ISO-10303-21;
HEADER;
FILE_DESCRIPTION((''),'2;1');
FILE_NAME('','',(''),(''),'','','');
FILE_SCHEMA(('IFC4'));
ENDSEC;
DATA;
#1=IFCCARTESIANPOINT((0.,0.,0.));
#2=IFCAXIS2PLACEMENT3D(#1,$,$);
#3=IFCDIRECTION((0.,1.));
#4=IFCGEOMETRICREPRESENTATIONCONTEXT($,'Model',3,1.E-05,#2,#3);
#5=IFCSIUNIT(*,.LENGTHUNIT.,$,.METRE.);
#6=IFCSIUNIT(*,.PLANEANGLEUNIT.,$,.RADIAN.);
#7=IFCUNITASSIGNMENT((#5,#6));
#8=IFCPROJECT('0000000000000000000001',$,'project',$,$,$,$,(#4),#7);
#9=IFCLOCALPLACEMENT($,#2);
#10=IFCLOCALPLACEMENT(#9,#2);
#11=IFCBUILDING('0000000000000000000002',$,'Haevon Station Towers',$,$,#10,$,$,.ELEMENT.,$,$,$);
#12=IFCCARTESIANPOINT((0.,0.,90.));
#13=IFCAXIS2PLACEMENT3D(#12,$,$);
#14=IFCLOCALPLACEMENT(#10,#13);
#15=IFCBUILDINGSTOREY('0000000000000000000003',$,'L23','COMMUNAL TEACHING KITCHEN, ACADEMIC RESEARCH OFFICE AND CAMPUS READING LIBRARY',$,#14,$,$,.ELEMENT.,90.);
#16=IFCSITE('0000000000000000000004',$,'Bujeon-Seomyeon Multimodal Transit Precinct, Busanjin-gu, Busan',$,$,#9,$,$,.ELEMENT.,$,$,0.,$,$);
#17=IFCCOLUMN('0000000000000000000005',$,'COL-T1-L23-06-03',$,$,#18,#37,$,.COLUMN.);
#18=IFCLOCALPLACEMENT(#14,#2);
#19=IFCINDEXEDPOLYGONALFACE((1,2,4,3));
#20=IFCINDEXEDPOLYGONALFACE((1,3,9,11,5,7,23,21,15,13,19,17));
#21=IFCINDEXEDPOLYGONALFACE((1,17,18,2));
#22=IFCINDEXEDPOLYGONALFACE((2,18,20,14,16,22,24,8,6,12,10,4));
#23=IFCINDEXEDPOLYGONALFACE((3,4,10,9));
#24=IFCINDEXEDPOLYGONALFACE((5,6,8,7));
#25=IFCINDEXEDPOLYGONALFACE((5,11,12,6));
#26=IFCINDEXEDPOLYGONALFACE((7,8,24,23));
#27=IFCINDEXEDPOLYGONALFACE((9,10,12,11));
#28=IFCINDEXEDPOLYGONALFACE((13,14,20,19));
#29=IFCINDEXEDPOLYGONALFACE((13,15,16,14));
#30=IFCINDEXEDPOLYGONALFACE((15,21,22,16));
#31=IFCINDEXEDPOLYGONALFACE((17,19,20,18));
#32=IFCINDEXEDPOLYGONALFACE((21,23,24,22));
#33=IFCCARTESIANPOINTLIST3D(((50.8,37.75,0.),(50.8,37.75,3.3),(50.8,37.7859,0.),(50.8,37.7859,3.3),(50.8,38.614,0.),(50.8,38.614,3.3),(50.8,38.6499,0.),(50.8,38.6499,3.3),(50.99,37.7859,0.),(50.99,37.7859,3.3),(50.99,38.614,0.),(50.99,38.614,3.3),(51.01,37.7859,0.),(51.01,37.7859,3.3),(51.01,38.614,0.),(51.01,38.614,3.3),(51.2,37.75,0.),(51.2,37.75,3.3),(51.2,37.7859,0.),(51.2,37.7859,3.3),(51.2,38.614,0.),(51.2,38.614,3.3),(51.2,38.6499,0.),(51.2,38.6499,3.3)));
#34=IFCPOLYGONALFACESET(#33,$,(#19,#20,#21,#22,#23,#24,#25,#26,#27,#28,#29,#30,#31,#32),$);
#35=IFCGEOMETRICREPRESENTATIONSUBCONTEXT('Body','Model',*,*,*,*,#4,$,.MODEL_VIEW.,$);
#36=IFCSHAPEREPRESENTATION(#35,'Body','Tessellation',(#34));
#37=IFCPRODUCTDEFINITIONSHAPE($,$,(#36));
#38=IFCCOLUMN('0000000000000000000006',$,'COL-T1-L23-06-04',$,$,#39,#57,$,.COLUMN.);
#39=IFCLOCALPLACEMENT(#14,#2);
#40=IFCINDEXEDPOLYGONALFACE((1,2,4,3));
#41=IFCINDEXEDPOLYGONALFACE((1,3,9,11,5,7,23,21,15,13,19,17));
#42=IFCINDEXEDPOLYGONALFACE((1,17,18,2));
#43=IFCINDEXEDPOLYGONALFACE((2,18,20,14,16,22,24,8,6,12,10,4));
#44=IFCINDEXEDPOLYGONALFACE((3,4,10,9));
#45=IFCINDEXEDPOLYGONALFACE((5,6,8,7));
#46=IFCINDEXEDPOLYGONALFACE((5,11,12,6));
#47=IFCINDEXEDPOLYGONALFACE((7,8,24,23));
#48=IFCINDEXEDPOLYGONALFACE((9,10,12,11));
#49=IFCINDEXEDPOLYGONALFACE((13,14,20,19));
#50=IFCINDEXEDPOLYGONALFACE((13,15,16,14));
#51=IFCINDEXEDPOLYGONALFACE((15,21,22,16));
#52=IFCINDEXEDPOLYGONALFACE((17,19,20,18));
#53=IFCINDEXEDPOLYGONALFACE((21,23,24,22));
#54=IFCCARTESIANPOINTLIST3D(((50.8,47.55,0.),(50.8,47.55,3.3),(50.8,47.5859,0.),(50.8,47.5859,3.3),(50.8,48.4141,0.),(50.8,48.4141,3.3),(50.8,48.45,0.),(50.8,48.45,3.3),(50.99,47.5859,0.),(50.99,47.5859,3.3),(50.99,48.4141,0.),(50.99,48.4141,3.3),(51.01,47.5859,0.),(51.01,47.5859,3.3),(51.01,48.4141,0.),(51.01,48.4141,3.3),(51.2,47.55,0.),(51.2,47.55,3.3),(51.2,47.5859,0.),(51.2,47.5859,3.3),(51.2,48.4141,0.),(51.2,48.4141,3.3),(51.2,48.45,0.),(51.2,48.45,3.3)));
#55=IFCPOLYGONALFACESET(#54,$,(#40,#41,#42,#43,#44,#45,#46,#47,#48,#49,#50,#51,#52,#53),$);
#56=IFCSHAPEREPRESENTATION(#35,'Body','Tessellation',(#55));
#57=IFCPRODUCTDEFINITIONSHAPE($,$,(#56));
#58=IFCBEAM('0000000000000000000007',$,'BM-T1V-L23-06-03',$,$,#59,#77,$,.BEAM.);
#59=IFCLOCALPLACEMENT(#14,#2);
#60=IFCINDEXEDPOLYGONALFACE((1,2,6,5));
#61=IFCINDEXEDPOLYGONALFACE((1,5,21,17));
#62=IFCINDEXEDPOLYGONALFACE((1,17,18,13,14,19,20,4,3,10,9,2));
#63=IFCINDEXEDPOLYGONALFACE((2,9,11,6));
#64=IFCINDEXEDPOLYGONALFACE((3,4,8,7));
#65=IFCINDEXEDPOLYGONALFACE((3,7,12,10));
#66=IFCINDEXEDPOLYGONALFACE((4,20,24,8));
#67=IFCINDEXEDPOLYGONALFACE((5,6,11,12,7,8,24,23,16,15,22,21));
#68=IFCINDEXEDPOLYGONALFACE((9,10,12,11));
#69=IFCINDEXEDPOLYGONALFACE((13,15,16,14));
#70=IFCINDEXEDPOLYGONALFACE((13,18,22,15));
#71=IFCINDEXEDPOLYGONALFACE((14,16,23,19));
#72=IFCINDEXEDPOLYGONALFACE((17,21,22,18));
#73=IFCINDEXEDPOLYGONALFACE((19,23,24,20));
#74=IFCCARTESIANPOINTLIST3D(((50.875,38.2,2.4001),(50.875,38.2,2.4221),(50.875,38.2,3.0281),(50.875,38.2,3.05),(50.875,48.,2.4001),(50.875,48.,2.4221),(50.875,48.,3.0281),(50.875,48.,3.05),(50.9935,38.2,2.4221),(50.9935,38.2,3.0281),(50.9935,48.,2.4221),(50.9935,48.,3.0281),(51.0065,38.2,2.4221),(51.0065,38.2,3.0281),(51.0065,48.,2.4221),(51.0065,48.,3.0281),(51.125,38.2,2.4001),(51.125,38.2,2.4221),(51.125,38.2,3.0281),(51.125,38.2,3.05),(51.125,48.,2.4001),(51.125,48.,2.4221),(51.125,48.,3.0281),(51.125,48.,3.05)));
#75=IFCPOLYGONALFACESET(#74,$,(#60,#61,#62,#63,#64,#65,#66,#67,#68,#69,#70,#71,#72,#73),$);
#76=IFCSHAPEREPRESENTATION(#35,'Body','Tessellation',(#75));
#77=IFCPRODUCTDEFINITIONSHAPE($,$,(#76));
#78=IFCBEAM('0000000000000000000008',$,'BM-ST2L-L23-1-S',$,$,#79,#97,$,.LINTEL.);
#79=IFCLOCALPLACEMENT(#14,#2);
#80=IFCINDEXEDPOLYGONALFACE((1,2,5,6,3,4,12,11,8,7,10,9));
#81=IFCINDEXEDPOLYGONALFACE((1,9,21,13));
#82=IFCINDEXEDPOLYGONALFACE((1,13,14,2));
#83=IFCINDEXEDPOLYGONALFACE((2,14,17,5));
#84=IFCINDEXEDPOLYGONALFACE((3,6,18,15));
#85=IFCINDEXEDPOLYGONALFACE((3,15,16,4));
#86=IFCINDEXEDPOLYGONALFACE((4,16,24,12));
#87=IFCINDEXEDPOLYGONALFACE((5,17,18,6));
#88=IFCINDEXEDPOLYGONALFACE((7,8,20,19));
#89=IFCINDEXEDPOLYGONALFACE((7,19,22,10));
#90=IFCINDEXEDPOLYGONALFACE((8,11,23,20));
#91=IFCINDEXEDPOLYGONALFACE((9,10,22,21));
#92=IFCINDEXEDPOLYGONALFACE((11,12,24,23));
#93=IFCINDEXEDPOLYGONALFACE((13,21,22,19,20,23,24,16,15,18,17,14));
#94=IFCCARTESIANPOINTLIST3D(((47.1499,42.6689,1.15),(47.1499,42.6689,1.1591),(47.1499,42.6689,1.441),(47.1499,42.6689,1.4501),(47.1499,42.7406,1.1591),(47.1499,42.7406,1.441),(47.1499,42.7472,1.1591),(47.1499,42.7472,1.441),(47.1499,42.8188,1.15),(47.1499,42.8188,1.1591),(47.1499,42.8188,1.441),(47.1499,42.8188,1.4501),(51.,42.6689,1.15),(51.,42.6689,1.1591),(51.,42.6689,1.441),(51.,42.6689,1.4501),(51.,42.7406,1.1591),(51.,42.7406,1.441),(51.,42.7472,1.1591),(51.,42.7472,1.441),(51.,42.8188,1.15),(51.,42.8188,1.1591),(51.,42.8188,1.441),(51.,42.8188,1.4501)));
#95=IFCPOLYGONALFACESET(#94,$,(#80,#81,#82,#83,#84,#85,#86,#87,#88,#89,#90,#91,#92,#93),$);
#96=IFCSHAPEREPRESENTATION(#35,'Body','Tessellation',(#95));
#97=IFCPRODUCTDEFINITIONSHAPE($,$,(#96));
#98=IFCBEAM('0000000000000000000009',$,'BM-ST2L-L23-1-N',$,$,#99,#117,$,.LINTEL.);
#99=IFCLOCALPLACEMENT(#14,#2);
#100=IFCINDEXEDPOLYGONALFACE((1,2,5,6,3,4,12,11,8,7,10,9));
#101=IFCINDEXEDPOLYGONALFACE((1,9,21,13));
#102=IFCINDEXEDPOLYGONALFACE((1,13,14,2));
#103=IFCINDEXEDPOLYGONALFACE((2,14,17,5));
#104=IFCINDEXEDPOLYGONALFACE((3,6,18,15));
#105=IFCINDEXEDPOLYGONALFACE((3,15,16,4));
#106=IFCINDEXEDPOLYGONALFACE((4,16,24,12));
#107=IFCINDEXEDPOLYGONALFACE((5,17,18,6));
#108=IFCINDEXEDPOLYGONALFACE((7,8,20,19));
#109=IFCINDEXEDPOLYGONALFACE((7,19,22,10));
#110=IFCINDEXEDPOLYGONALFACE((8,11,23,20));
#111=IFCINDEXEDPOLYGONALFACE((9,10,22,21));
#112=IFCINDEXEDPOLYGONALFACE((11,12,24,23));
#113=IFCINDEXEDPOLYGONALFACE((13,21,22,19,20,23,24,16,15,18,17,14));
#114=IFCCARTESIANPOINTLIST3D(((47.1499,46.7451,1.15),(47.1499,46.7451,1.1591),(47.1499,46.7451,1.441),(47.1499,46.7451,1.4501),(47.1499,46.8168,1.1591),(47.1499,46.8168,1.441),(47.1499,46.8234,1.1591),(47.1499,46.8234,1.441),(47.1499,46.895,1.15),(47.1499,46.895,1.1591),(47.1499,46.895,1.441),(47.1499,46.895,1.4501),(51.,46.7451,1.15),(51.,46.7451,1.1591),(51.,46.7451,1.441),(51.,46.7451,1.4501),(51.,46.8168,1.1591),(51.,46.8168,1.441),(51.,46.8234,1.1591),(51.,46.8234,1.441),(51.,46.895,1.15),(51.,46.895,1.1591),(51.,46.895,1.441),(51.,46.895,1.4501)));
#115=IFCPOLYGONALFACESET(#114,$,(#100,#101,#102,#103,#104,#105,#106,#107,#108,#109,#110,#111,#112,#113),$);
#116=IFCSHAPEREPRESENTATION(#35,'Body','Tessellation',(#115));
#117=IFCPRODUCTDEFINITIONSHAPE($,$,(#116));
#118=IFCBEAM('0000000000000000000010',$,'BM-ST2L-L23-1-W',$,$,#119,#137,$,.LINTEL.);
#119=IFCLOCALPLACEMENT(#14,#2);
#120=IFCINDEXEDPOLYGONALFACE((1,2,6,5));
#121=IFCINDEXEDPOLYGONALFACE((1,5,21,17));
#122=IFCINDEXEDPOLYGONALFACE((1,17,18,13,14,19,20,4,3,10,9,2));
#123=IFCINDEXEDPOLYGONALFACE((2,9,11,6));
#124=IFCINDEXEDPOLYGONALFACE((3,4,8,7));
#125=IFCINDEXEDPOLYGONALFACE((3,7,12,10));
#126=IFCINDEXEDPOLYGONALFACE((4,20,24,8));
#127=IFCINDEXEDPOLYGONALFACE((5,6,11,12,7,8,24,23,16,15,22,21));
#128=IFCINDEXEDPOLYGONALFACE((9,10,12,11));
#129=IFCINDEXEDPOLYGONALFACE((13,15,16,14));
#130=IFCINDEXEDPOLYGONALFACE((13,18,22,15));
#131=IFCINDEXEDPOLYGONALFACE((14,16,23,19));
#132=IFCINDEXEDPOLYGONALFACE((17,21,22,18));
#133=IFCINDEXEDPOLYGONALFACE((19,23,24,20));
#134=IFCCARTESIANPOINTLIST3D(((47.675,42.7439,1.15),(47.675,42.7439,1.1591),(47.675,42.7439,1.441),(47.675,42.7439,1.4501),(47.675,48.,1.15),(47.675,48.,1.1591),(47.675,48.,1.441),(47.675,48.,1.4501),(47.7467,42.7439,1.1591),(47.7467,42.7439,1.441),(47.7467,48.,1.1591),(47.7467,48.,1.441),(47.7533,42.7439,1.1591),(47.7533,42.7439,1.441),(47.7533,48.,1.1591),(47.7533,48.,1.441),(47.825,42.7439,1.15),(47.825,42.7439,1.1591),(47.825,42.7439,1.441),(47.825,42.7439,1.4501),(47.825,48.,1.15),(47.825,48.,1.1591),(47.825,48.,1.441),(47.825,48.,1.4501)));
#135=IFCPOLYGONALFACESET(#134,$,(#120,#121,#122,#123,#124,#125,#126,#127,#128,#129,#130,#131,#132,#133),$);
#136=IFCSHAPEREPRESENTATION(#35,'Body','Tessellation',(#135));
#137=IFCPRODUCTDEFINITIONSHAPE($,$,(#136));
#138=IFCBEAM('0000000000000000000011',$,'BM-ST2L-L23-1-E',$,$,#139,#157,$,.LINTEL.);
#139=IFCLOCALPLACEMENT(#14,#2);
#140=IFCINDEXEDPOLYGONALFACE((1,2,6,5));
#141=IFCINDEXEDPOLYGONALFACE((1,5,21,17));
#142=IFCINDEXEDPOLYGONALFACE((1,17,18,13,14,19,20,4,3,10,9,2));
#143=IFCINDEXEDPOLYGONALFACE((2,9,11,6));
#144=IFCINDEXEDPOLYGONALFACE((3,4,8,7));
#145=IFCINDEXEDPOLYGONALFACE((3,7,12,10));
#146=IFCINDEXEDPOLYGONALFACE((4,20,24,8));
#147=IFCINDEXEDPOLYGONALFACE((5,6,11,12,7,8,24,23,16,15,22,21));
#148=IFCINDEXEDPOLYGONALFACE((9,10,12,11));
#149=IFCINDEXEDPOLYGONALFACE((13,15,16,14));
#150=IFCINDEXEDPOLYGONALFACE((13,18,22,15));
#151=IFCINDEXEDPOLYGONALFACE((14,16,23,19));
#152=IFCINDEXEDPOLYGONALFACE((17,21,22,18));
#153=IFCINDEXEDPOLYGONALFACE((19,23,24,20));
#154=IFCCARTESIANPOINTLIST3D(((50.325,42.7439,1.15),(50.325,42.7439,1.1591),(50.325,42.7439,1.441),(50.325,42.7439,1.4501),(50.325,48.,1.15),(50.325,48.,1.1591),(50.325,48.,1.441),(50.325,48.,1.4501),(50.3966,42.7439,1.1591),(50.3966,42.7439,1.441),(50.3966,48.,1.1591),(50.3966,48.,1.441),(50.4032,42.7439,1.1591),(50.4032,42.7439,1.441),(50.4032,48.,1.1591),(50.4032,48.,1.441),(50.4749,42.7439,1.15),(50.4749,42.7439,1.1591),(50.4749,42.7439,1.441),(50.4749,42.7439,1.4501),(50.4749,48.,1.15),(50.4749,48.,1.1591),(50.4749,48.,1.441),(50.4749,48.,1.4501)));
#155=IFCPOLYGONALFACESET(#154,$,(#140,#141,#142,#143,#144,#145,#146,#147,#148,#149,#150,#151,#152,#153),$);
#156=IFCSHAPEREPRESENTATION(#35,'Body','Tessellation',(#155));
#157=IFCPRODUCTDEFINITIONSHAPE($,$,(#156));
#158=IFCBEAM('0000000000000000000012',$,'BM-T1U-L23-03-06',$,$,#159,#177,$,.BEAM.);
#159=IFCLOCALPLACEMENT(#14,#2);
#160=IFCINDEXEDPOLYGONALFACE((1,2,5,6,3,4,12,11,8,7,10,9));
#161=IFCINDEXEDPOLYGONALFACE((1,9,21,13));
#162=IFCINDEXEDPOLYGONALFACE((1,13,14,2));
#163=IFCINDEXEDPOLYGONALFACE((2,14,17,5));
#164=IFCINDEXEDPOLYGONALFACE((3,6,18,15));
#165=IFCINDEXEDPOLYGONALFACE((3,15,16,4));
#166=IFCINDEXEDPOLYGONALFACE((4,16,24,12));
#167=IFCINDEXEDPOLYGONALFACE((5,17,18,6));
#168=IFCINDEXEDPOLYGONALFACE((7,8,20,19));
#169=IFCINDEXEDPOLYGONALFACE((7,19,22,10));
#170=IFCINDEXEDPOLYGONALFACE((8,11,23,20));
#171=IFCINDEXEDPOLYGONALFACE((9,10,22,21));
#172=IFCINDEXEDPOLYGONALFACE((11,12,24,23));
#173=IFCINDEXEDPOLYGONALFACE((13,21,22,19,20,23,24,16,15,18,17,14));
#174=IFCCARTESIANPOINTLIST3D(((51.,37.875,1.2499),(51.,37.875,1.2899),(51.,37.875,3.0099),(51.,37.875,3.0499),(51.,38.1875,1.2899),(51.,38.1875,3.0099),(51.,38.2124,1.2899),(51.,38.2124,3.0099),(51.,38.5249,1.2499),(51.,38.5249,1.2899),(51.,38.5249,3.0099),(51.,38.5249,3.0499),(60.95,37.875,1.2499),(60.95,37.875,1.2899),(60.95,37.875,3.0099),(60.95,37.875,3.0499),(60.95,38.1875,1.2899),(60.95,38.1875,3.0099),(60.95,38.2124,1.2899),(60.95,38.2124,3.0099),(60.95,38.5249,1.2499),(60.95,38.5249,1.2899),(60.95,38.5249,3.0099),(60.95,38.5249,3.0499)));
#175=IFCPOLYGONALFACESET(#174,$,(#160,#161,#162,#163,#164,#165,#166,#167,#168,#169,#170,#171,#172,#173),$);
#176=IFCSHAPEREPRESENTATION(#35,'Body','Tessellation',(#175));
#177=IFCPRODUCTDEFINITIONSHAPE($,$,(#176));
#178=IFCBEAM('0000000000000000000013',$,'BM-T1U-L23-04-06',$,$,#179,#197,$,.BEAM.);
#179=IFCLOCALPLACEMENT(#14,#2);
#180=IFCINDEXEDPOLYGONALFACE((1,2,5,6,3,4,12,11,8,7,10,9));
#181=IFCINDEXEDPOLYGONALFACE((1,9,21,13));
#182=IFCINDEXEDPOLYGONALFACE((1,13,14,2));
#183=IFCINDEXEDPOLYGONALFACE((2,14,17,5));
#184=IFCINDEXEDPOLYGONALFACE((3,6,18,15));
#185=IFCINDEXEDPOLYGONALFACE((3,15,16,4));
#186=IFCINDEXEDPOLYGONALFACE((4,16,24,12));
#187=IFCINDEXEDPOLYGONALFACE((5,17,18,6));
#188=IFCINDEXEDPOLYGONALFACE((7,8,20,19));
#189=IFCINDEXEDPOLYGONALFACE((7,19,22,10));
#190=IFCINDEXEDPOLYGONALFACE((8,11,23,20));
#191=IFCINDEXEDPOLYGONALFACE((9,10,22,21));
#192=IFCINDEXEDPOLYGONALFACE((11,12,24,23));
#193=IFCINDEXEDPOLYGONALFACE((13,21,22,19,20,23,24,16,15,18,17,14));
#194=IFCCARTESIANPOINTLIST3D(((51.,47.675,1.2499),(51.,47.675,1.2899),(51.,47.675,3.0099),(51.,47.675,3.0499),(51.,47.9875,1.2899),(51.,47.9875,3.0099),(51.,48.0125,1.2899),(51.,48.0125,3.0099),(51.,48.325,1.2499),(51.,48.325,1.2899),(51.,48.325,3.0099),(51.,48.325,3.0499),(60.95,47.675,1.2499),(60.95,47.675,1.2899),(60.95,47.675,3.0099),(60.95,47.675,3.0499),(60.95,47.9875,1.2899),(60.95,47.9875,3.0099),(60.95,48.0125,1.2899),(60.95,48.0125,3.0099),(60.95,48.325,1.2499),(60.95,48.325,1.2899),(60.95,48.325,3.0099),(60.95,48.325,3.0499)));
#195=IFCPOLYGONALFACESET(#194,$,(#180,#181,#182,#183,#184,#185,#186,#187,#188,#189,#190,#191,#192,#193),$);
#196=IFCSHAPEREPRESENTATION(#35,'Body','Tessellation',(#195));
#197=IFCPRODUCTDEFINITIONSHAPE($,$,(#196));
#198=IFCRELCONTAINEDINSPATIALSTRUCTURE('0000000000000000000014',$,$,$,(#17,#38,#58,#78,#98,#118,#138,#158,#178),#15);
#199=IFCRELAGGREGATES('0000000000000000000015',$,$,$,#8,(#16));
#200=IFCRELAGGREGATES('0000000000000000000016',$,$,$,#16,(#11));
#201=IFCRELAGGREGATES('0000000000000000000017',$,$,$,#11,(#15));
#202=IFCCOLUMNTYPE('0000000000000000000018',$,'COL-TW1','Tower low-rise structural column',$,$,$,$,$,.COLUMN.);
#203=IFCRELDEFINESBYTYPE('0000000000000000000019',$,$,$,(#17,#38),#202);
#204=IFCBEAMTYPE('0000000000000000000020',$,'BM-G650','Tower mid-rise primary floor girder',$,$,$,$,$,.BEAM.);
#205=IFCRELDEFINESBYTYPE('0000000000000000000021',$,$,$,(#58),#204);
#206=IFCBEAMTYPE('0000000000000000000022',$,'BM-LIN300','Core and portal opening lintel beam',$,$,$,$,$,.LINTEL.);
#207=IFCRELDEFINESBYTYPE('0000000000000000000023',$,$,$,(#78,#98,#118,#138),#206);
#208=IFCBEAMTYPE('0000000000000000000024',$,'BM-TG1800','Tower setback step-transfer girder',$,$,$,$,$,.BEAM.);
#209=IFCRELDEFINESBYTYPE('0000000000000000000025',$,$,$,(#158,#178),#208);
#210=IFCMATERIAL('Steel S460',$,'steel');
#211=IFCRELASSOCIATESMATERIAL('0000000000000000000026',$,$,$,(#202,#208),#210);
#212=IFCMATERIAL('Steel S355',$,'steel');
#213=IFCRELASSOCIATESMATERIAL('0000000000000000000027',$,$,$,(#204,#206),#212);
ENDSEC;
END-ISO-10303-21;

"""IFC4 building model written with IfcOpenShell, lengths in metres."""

from ifc_helpers import new_model, si_unit, direction, frame, origin, origin_2d, place, context, subcontext, project, spatial, i_section, extrude, material, material_profile, profile_set, type_object, element, save


model = new_model("IFC4")

# Units and contexts
model_context = context("Model", 3, precision=1e-05, world=origin(), true_north=direction((0.0, 1.0)))
body_context = subcontext(model_context, "Body", "Model", "MODEL_VIEW")
ifc_project = project(units=[si_unit("LENGTHUNIT", "METRE"), si_unit("PLANEANGLEUNIT", "RADIAN")], contexts=[model_context])

# Site, building, storey
site_placement = place(None, origin())
site = spatial("IfcSite", under=ifc_project, at=site_placement, Name="Bujeon-Seomyeon Multimodal Transit Precinct, Busanjin-gu, Busan", CompositionType="ELEMENT", RefElevation=0.0)
building_placement = place(site_placement, origin())
building = spatial("IfcBuilding", under=site, at=building_placement, Name="Haevon Station Towers", CompositionType="ELEMENT")
storey_placement = place(building_placement, frame((0.0, 0.0, 90.0)))
storey = spatial("IfcBuildingStorey", under=building, at=storey_placement, Name="L23", Description="COMMUNAL TEACHING KITCHEN, ACADEMIC RESEARCH OFFICE AND CAMPUS READING LIBRARY", CompositionType="ELEMENT", Elevation=90.0)

# Columns
ifc_material_1 = material(Name="Steel S460", Category="steel")
ifc_material_profile_1 = material_profile(ifc_material_1, i_section(OverallWidth=0.3999, OverallDepth=0.8999, WebThickness=0.02, FlangeThickness=0.0359, at=origin_2d()), Name="H-900x400x20x36")
ifc_profile_set_1 = profile_set([ifc_material_profile_1], Name="Steel S460")
column_type = type_object("IfcColumnType", Name="COL-TW1", Description="Tower low-rise structural column", PredefinedType="COLUMN", material=ifc_profile_set_1)
for number, where, z_axis, x_axis, name in (
    (1, (51.0, 38.2, 0.0), (0.0, 0.0, 1.0), (1.0, 0.0, 0.0), "COL-T1-L23-06-03"),
    (2, (51.0, 48.0, 0.0), (0.0, 0.0, 1.0), (1.0, 0.0, 0.0), "COL-T1-L23-06-04"),
):
    element("IfcColumn", number, at=place(storey_placement, frame(where, z_axis=z_axis, x_axis=x_axis)), inside=storey, type_object=column_type, Name=name, PredefinedType="COLUMN", context=body_context, shape_type="SweptSolid", body=[
        extrude(i_section(OverallWidth=0.3999, OverallDepth=0.8999, WebThickness=0.02, FlangeThickness=0.0359, at=origin_2d()), origin(), (0.0, 0.0, 1.0), 3.3),
    ])

# Beams
ifc_material_2 = material(Name="Steel S355", Category="steel")
ifc_material_profile_2 = material_profile(ifc_material_2, i_section(OverallWidth=0.25, OverallDepth=0.6499, WebThickness=0.0129, FlangeThickness=0.022, at=origin_2d()), Name="H-650x250x13x22")
ifc_profile_set_2 = profile_set([ifc_material_profile_2], Name="Steel S355")
beam_type_1 = type_object("IfcBeamType", Name="BM-G650", Description="Tower mid-rise primary floor girder", PredefinedType="BEAM", material=ifc_profile_set_2)
beam_placement = place(storey_placement, frame((51.0, 38.2, 2.7251), z_axis=(0.0, 1.0, 0.0), x_axis=(-1.0, 0.0, 0.0)))
element("IfcBeam", 3, at=beam_placement, inside=storey, type_object=beam_type_1, Name="BM-T1V-L23-06-03", PredefinedType="BEAM", context=body_context, shape_type="SweptSolid", body=[
    extrude(i_section(OverallWidth=0.25, OverallDepth=0.6499, WebThickness=0.0129, FlangeThickness=0.022, at=origin_2d()), origin(), (0.0, 0.0, 1.0), 9.8),
])
ifc_material_profile_3 = material_profile(ifc_material_2, i_section(OverallWidth=0.1499, OverallDepth=0.3, WebThickness=0.0066, FlangeThickness=0.009, at=origin_2d()), Name="H-300x150x6.5x9")
ifc_profile_set_3 = profile_set([ifc_material_profile_3], Name="Steel S355")
beam_type_2 = type_object("IfcBeamType", Name="BM-LIN300", Description="Core and portal opening lintel beam", PredefinedType="LINTEL", material=ifc_profile_set_3)
for number, where, z_axis, x_axis, name in (
    (4, (47.1499, 42.7439, 1.3), (1.0, 0.0, 0.0), (0.0, 1.0, 0.0), "BM-ST2L-L23-1-S"),
    (5, (47.1499, 46.8201, 1.3), (1.0, 0.0, 0.0), (0.0, 1.0, 0.0), "BM-ST2L-L23-1-N"),
):
    element("IfcBeam", number, at=place(storey_placement, frame(where, z_axis=z_axis, x_axis=x_axis)), inside=storey, type_object=beam_type_2, Name=name, PredefinedType="LINTEL", context=body_context, shape_type="SweptSolid", body=[
        extrude(i_section(OverallWidth=0.1499, OverallDepth=0.3, WebThickness=0.0066, FlangeThickness=0.009, at=origin_2d()), origin(), (0.0, 0.0, 1.0), 3.8501),
    ])
for number, where, z_axis, x_axis, name in (
    (6, (47.75, 42.7439, 1.3), (0.0, 1.0, 0.0), (-1.0, 0.0, 0.0), "BM-ST2L-L23-1-W"),
    (7, (50.3999, 42.7439, 1.3), (0.0, 1.0, 0.0), (-1.0, 0.0, 0.0), "BM-ST2L-L23-1-E"),
):
    element("IfcBeam", number, at=place(storey_placement, frame(where, z_axis=z_axis, x_axis=x_axis)), inside=storey, type_object=beam_type_2, Name=name, PredefinedType="LINTEL", context=body_context, shape_type="SweptSolid", body=[
        extrude(i_section(OverallWidth=0.1499, OverallDepth=0.3, WebThickness=0.0066, FlangeThickness=0.009, at=origin_2d()), origin(), (0.0, 0.0, 1.0), 5.2561),
    ])
ifc_material_profile_4 = material_profile(ifc_material_1, i_section(OverallWidth=0.6499, OverallDepth=1.8, WebThickness=0.0249, FlangeThickness=0.04, at=origin_2d()), Name="H-1800x650x25x40")
ifc_profile_set_4 = profile_set([ifc_material_profile_4], Name="Steel S460")
beam_type_3 = type_object("IfcBeamType", Name="BM-TG1800", Description="Tower setback step-transfer girder", PredefinedType="BEAM", material=ifc_profile_set_4)
for number, where, z_axis, x_axis, name in (
    (8, (51.0, 38.2, 2.1499), (1.0, 0.0, 0.0), (0.0, 1.0, 0.0), "BM-T1U-L23-03-06"),
    (9, (51.0, 48.0, 2.1499), (1.0, 0.0, 0.0), (0.0, 1.0, 0.0), "BM-T1U-L23-04-06"),
):
    element("IfcBeam", number, at=place(storey_placement, frame(where, z_axis=z_axis, x_axis=x_axis)), inside=storey, type_object=beam_type_3, Name=name, PredefinedType="BEAM", context=body_context, shape_type="SweptSolid", body=[
        extrude(i_section(OverallWidth=0.6499, OverallDepth=1.8, WebThickness=0.0249, FlangeThickness=0.04, at=origin_2d()), origin(), (0.0, 0.0, 1.0), 9.95),
    ])

save(model, "model.ifc")
